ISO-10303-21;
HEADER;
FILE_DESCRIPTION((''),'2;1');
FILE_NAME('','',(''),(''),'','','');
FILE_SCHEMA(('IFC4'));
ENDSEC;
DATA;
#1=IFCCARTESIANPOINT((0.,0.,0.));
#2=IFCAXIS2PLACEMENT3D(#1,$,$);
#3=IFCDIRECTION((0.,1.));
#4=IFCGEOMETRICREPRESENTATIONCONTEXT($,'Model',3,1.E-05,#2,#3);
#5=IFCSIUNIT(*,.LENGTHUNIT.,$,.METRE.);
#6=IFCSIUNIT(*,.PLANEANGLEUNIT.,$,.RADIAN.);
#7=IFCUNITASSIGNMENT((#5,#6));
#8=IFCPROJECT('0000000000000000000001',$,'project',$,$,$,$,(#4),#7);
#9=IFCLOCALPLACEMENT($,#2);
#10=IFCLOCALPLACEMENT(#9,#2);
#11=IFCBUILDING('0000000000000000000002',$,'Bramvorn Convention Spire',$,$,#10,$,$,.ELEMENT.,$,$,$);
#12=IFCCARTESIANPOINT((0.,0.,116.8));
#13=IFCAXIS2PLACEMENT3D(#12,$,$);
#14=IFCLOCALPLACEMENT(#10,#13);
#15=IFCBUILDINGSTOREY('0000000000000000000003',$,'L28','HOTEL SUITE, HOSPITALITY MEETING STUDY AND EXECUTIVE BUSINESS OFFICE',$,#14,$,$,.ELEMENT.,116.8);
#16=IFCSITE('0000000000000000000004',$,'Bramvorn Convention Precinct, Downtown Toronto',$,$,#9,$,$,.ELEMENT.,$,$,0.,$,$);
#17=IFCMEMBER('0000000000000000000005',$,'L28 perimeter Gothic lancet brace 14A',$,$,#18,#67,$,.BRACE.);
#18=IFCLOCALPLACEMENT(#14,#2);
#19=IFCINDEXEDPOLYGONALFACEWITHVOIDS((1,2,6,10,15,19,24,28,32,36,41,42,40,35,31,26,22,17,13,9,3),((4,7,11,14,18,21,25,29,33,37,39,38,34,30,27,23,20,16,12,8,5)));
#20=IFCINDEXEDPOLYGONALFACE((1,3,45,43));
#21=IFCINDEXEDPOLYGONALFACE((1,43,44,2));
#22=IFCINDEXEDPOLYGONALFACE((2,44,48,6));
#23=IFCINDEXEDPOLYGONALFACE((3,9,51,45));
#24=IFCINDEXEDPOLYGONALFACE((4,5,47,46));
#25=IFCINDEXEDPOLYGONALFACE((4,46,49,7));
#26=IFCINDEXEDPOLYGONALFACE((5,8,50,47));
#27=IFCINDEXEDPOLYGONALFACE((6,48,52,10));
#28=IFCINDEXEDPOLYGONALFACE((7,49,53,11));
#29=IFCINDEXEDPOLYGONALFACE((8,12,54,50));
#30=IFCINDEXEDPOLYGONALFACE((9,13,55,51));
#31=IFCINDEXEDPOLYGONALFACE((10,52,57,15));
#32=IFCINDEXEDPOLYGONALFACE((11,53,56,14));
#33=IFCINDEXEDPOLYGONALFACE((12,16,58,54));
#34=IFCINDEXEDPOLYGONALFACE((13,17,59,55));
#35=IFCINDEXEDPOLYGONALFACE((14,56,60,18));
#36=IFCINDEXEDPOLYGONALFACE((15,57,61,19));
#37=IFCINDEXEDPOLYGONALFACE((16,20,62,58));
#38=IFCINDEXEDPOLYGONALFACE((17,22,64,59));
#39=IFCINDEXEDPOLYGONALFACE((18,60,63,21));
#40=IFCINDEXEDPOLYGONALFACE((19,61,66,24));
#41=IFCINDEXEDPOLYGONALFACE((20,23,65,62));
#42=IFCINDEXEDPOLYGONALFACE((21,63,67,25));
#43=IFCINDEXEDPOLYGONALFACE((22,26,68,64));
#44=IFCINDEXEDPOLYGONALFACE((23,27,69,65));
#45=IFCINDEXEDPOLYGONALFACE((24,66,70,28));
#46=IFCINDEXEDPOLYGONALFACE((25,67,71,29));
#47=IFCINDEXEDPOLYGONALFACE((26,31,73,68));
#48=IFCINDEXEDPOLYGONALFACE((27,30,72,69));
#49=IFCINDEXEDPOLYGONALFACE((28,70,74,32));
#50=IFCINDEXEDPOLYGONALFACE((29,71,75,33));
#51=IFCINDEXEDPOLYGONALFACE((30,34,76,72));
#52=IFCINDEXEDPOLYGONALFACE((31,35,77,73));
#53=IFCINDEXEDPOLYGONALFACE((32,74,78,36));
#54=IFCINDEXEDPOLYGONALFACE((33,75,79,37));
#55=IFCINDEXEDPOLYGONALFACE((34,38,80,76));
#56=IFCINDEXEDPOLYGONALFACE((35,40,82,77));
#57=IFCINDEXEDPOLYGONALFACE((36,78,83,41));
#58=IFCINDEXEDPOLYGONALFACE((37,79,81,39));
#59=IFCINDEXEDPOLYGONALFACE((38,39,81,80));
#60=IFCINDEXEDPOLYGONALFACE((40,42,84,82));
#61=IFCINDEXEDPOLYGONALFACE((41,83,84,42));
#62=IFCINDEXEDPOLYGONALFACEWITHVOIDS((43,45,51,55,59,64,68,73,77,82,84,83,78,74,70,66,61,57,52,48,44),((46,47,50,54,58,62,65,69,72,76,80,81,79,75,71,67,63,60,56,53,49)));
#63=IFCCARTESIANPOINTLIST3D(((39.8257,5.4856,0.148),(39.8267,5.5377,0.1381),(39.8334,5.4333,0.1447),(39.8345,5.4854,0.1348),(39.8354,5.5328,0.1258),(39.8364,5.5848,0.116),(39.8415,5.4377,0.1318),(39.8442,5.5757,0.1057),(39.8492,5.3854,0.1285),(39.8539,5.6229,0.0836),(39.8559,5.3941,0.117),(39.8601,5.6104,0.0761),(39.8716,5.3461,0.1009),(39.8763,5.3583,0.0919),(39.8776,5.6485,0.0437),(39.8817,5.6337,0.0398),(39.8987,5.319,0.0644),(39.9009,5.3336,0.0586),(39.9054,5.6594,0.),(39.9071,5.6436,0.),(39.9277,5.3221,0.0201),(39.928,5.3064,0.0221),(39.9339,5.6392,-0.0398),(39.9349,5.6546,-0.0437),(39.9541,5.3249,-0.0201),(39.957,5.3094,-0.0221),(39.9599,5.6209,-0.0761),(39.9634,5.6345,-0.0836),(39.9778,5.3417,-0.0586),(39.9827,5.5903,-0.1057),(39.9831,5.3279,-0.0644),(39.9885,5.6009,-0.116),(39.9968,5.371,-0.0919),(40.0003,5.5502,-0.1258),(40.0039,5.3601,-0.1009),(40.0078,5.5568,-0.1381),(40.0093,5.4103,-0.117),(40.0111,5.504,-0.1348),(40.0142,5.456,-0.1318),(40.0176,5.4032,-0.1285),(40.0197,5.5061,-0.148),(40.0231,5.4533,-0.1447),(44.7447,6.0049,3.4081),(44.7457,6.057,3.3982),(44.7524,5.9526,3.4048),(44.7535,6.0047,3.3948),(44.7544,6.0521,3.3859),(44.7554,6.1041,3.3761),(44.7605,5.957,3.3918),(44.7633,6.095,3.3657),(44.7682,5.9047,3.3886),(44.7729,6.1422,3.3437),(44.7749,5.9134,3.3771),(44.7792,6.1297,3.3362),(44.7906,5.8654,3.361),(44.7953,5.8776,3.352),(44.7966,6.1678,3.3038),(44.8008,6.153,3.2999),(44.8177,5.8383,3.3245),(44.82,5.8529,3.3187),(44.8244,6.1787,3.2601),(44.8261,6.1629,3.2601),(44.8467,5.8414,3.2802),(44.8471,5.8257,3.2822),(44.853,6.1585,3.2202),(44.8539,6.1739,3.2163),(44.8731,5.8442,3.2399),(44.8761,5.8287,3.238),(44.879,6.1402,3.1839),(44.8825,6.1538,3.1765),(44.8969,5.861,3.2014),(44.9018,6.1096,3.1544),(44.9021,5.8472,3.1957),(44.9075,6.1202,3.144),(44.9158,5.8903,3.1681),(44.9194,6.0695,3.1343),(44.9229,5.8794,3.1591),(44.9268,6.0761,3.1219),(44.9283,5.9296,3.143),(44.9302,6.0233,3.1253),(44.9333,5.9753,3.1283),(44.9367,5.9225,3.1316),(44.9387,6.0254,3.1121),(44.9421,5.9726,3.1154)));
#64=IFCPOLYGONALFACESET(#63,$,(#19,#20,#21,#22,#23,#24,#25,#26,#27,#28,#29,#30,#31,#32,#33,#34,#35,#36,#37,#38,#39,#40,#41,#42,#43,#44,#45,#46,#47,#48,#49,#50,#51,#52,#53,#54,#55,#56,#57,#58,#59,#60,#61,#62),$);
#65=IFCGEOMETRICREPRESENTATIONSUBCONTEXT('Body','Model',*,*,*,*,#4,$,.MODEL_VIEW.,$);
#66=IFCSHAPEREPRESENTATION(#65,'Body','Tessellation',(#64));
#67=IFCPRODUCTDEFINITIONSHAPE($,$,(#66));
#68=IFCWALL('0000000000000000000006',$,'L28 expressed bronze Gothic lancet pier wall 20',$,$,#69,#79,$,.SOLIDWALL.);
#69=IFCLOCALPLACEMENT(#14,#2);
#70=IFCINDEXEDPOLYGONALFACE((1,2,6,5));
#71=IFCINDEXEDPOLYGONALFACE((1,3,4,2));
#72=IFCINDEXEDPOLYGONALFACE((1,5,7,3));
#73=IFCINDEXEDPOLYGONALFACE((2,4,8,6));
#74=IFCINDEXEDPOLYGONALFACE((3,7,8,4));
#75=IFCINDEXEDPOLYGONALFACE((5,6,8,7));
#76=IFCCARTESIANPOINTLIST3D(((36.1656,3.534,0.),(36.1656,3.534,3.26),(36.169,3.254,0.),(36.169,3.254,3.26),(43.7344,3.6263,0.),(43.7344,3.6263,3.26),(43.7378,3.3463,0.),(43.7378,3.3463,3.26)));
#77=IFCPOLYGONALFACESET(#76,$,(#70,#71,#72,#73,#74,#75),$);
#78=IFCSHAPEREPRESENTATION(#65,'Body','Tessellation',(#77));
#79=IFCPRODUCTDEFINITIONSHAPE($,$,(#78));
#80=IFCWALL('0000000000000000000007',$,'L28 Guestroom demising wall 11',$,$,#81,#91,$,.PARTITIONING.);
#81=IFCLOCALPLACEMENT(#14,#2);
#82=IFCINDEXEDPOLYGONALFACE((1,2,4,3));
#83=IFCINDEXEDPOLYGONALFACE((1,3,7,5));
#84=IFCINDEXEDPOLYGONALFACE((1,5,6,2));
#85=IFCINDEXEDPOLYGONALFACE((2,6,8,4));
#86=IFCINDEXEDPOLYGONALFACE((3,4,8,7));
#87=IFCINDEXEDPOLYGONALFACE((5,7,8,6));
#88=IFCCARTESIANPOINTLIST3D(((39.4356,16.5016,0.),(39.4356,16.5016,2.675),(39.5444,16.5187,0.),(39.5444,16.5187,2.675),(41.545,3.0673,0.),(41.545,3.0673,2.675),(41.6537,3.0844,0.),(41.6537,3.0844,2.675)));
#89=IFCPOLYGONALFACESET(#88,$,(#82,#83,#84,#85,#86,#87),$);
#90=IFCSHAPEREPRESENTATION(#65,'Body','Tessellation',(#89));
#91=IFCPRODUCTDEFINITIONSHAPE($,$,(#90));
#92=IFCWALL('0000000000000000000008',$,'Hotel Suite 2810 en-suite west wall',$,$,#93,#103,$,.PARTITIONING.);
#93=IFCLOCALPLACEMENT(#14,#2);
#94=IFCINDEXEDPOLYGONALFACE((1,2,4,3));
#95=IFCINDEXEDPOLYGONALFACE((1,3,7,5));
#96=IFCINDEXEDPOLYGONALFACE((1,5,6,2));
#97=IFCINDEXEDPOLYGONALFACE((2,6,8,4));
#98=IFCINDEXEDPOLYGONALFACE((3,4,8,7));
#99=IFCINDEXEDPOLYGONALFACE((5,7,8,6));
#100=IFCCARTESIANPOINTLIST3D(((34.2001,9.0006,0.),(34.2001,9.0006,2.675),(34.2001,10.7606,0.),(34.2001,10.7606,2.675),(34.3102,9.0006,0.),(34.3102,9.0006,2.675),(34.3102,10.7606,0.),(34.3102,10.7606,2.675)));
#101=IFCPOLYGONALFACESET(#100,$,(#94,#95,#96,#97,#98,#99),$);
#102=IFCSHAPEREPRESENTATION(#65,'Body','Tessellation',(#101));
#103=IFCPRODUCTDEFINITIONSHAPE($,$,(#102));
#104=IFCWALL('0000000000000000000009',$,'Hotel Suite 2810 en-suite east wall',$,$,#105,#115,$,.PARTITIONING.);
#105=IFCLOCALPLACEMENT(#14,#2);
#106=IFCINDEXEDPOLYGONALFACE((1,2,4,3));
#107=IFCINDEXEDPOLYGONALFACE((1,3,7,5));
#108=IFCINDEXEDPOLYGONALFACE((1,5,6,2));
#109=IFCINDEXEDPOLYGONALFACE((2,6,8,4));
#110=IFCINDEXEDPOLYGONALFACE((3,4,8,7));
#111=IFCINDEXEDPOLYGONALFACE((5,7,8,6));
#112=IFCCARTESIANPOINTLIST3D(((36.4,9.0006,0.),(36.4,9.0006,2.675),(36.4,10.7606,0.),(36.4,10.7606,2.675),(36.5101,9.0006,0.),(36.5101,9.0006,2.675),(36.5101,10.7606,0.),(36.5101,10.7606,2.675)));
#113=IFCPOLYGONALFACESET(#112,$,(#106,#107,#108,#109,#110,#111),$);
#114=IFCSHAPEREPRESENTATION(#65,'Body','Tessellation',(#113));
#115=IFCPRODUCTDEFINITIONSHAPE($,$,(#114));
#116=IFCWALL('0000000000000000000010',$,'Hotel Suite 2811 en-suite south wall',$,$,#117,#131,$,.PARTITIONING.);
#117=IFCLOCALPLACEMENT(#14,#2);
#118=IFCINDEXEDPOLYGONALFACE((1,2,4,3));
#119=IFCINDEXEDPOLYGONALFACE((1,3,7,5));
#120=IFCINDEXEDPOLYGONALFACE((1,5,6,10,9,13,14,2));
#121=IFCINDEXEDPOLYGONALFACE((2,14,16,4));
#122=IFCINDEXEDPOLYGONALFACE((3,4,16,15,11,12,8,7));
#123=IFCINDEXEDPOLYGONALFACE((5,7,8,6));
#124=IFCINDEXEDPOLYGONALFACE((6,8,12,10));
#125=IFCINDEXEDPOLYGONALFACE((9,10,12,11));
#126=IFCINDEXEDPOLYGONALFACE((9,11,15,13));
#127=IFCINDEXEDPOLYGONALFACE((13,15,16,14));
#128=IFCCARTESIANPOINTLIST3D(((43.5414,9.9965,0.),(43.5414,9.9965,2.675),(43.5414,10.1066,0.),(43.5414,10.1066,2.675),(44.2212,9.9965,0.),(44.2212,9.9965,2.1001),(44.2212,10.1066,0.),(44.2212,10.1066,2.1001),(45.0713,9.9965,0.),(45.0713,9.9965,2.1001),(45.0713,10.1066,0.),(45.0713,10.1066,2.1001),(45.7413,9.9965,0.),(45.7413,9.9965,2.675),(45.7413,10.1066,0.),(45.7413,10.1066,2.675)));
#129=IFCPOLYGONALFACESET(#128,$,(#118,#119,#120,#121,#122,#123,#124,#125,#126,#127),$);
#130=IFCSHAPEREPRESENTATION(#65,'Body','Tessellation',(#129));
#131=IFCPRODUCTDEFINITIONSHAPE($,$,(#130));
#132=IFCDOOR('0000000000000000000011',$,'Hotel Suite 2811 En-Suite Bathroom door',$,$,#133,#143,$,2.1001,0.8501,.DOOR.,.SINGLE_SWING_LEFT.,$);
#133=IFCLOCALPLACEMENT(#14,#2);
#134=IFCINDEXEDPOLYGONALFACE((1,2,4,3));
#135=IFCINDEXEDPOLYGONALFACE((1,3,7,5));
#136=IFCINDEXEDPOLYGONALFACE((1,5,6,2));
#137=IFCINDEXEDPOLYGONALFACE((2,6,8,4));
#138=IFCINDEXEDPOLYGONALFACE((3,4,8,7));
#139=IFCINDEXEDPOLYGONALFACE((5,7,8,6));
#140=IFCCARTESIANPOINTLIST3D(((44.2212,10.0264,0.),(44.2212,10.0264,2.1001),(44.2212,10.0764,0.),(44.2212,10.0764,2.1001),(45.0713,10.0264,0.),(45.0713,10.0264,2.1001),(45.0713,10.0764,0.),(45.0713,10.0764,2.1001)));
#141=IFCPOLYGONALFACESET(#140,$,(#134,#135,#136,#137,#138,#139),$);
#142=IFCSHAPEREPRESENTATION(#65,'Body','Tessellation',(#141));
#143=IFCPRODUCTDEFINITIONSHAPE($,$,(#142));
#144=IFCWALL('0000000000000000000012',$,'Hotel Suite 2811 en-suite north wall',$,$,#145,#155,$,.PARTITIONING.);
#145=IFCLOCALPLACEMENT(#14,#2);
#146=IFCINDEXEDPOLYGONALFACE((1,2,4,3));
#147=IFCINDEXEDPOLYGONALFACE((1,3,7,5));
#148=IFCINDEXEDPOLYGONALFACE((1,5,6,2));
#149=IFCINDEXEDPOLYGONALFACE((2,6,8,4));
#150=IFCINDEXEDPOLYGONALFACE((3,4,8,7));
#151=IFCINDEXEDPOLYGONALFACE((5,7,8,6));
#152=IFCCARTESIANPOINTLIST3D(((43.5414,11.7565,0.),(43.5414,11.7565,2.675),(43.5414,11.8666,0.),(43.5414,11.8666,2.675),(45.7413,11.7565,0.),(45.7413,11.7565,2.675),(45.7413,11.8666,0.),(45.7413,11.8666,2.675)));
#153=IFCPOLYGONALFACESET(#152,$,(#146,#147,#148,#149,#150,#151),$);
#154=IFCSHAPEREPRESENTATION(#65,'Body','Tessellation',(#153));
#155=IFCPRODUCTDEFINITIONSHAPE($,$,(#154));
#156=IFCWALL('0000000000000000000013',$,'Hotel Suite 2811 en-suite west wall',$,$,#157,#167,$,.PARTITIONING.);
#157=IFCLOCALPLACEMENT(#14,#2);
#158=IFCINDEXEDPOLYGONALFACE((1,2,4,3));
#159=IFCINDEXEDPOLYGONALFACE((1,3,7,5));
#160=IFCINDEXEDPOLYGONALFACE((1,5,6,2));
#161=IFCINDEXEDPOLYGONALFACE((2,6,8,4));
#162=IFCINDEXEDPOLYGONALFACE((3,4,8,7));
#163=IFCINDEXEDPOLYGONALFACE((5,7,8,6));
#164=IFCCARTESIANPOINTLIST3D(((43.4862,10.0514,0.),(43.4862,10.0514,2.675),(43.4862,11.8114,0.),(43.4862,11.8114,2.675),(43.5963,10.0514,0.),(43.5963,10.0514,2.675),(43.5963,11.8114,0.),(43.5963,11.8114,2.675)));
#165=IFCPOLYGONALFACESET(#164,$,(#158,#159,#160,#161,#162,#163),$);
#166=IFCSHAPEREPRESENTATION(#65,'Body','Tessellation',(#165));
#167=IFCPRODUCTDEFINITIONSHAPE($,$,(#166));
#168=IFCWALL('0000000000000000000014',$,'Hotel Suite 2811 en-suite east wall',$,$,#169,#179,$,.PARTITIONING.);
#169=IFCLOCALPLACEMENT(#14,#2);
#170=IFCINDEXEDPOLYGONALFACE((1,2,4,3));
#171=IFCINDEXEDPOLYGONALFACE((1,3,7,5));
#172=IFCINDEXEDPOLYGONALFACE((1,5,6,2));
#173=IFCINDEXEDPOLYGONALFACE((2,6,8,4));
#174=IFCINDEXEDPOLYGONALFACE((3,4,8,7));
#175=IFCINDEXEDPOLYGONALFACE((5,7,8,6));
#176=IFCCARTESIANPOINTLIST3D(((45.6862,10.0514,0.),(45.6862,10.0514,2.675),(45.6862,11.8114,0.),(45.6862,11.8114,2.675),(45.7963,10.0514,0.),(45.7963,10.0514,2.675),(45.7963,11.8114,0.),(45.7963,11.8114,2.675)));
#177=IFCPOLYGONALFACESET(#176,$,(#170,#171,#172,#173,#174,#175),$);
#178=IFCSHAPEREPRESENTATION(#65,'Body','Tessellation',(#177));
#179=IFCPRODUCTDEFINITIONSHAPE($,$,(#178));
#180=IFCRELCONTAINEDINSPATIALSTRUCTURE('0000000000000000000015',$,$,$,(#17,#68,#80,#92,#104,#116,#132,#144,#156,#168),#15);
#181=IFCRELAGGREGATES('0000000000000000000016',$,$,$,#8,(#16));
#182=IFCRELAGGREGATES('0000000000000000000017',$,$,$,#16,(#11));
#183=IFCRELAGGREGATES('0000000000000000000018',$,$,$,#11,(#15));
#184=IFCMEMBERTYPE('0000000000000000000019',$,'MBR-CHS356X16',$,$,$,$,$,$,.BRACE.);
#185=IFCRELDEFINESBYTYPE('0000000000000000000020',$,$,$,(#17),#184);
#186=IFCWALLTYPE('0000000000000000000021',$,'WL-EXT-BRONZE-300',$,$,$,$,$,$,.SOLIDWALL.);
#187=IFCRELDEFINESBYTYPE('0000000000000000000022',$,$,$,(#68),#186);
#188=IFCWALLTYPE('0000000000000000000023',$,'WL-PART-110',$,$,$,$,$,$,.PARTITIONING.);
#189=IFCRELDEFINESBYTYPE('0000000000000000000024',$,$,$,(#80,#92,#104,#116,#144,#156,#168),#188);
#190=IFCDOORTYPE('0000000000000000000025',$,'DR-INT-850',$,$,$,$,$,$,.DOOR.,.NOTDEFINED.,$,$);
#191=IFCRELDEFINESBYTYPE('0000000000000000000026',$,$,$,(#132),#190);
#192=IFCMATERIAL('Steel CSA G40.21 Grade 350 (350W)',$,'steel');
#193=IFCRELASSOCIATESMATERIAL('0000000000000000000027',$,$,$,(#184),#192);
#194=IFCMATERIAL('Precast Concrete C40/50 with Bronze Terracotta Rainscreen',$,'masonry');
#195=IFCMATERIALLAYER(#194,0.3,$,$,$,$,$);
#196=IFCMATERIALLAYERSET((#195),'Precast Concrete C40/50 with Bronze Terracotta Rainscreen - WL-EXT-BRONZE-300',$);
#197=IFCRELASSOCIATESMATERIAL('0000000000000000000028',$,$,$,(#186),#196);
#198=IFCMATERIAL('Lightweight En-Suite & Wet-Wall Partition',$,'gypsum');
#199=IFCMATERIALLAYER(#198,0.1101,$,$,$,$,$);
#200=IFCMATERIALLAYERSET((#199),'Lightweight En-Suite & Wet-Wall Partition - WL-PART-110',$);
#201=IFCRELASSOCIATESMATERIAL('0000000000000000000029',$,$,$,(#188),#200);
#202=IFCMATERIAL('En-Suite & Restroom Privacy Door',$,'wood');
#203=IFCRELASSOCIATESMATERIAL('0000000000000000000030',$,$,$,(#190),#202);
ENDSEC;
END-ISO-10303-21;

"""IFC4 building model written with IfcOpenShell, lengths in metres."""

from ifc_helpers import new_model, si_unit, direction, frame, frame_2d, origin, origin_2d, place, context, subcontext, project, spatial, rectangle, hollow_circle, extrude, material, layer, layer_set, material_profile, profile_set, type_object, element, fill, save


model = new_model("IFC4")

# Units and contexts
model_context = context("Model", 3, precision=1e-05, world=origin(), true_north=direction((0.0, 1.0)))
body_context = subcontext(model_context, "Body", "Model", "MODEL_VIEW")
ifc_project = project(units=[si_unit("LENGTHUNIT", "METRE"), si_unit("PLANEANGLEUNIT", "RADIAN")], contexts=[model_context])

# Site, building, storey
site_placement = place(None, origin())
site = spatial("IfcSite", under=ifc_project, at=site_placement, Name="Bramvorn Convention Precinct, Downtown Toronto", CompositionType="ELEMENT", RefElevation=0.0)
building_placement = place(site_placement, origin())
building = spatial("IfcBuilding", under=site, at=building_placement, Name="Bramvorn Convention Spire", CompositionType="ELEMENT")
storey_placement = place(building_placement, frame((0.0, 0.0, 116.8)))
storey = spatial("IfcBuildingStorey", under=building, at=storey_placement, Name="L28", Description="HOTEL SUITE, HOSPITALITY MEETING STUDY AND EXECUTIVE BUSINESS OFFICE", CompositionType="ELEMENT", Elevation=116.8)

# Shared definitions
ifc_material_1 = material(Name="Steel CSA G40.21 Grade 350 (350W)", Category="steel")

# Member
ifc_material_profile_1 = material_profile(ifc_material_1, hollow_circle(Radius=0.1777, WallThickness=0.0159, at=origin_2d()))
ifc_profile_set_1 = profile_set([ifc_material_profile_1], Name="Steel CSA G40.21 Grade 350 (350W) - CHS356X16")
member_type_1 = type_object("IfcMemberType", Name="MBR-CHS356X16", PredefinedType="BRACE", material=ifc_profile_set_1)
member_1_placement = place(storey_placement, frame((39.9241, 5.4827, 0.0), z_axis=(0.830347, 0.087659, 0.550309), x_axis=(-0.104985, 0.994474, 0.0)))
element("IfcMember", 1, at=member_1_placement, inside=storey, type_object=member_type_1, Name="L28 perimeter Gothic lancet brace 14A", PredefinedType="BRACE", context=body_context, shape_type="SweptSolid", body=[
    extrude(hollow_circle(Radius=0.1777, WallThickness=0.0159, at=origin_2d()), origin(), (0.0, 0.0, 1.0), 5.9241),
])

# Walls
ifc_material_2 = material(Name="Precast Concrete C40/50 with Bronze Terracotta Rainscreen", Category="masonry")
ifc_layer_1 = layer(ifc_material_2, 0.3)
ifc_layer_set_1 = layer_set([ifc_layer_1], Name="Precast Concrete C40/50 with Bronze Terracotta Rainscreen - WL-EXT-BRONZE-300")
wall_type_1 = type_object("IfcWallType", Name="WL-EXT-BRONZE-300", PredefinedType="SOLIDWALL", material=ifc_layer_set_1)
wall_1_placement = place(storey_placement, frame((43.7361, 3.4863, 0.0), z_axis=(0.0, 0.0, 1.0), x_axis=(-0.999926, -0.012192, 0.0)))
element("IfcWall", 2, at=wall_1_placement, inside=storey, type_object=wall_type_1, Name="L28 expressed bronze Gothic lancet pier wall 20", PredefinedType="SOLIDWALL", context=body_context, shape_type="SweptSolid", body=[
    extrude(rectangle(XDim=7.5693, YDim=0.28, at=frame_2d((3.7847, 0.0))), origin(), (0.0, 0.0, 1.0), 3.26),
])
ifc_material_3 = material(Name="Lightweight En-Suite & Wet-Wall Partition", Category="gypsum")
ifc_layer_2 = layer(ifc_material_3, 0.1101)
ifc_layer_set_2 = layer_set([ifc_layer_2], Name="Lightweight En-Suite & Wet-Wall Partition - WL-PART-110")
wall_type_2 = type_object("IfcWallType", Name="WL-PART-110", PredefinedType="PARTITIONING", material=ifc_layer_set_2)
wall_2_placement = place(storey_placement, frame((39.49, 16.51, 0.0), z_axis=(0.0, 0.0, 1.0), x_axis=(0.155113, -0.987897, 0.0)))
element("IfcWall", 3, at=wall_2_placement, inside=storey, type_object=wall_type_2, Name="L28 Guestroom demising wall 11", PredefinedType="PARTITIONING", context=body_context, shape_type="SweptSolid", body=[
    extrude(rectangle(XDim=13.5989, YDim=0.1101, at=frame_2d((6.7993, 0.0))), origin(), (0.0, 0.0, 1.0), 2.675),
])
for number, where, z_axis, x_axis, name in (
    (4, (34.2551, 9.0007, 0.0), (0.0, 0.0, 1.0), (0.0, 1.0, 0.0), "Hotel Suite 2810 en-suite west wall"),
    (5, (36.4551, 9.0007, 0.0), (0.0, 0.0, 1.0), (0.0, 1.0, 0.0), "Hotel Suite 2810 en-suite east wall"),
):
    element("IfcWall", number, at=place(storey_placement, frame(where, z_axis=z_axis, x_axis=x_axis)), inside=storey, type_object=wall_type_2, Name=name, PredefinedType="PARTITIONING", context=body_context, shape_type="SweptSolid", body=[
        extrude(rectangle(XDim=1.76, YDim=0.1101, at=frame_2d((0.8799, 0.0))), origin(), (0.0, 0.0, 1.0), 2.675),
    ])

# Wall, opening, door
wall_3_placement = place(storey_placement, frame((43.5413, 10.0515, 0.0), z_axis=(0.0, 0.0, 1.0), x_axis=(1.0, 0.0, 0.0)))
wall_3 = element("IfcWall", 6, at=wall_3_placement, inside=storey, type_object=wall_type_2, Name="Hotel Suite 2811 en-suite south wall", PredefinedType="PARTITIONING", context=body_context, shape_type="SweptSolid", body=[
    extrude(rectangle(XDim=2.2, YDim=0.1101, at=frame_2d((1.1001, 0.0))), origin(), (0.0, 0.0, 1.0), 2.675),
])
opening_1_placement = place(wall_3_placement, frame((0.6799, 0.0, 0.0)))
opening_1 = element("IfcOpeningElement", 7, at=opening_1_placement, cuts=wall_3, PredefinedType="OPENING", context=body_context, shape_type="SweptSolid", body=[
    extrude(rectangle(XDim=0.8501, YDim=2.1001, at=frame_2d((0.425, 1.05))), frame((0.0, 0.0649, 0.0), z_axis=(0.0, -1.0, 0.0), x_axis=(1.0, 0.0, 0.0)), (0.0, 0.0, 1.0), 0.1301),
])
ifc_material_4 = material(Name="En-Suite & Restroom Privacy Door", Category="wood")
door_type_1 = type_object("IfcDoorType", Name="DR-INT-850", OperationType="NOTDEFINED", PredefinedType="DOOR", material=ifc_material_4)
door_1_placement = place(opening_1_placement, origin())
door_1 = element("IfcDoor", 8, at=door_1_placement, inside=storey, type_object=door_type_1, Name="Hotel Suite 2811 En-Suite Bathroom door", OperationType="SINGLE_SWING_LEFT", OverallHeight=2.1001, OverallWidth=0.8501, PredefinedType="DOOR", context=body_context, shape_type="SweptSolid", body=[
    extrude(rectangle(XDim=0.8501, YDim=2.1001, at=frame_2d((0.425, 1.05))), frame((0.0, 0.0249, 0.0), z_axis=(0.0, -1.0, 0.0), x_axis=(1.0, 0.0, 0.0)), (0.0, 0.0, 1.0), 0.05),
])
fill(opening_1, door_1)

# Walls
wall_4_placement = place(storey_placement, frame((43.5413, 11.8115, 0.0), z_axis=(0.0, 0.0, 1.0), x_axis=(1.0, 0.0, 0.0)))
element("IfcWall", 9, at=wall_4_placement, inside=storey, type_object=wall_type_2, Name="Hotel Suite 2811 en-suite north wall", PredefinedType="PARTITIONING", context=body_context, shape_type="SweptSolid", body=[
    extrude(rectangle(XDim=2.2, YDim=0.1101, at=frame_2d((1.1001, 0.0))), origin(), (0.0, 0.0, 1.0), 2.675),
])
for number, where, z_axis, x_axis, name in (
    (10, (43.5413, 10.0515, 0.0), (0.0, 0.0, 1.0), (0.0, 1.0, 0.0), "Hotel Suite 2811 en-suite west wall"),
    (11, (45.7412, 10.0515, 0.0), (0.0, 0.0, 1.0), (0.0, 1.0, 0.0), "Hotel Suite 2811 en-suite east wall"),
):
    element("IfcWall", number, at=place(storey_placement, frame(where, z_axis=z_axis, x_axis=x_axis)), inside=storey, type_object=wall_type_2, Name=name, PredefinedType="PARTITIONING", context=body_context, shape_type="SweptSolid", body=[
        extrude(rectangle(XDim=1.76, YDim=0.1101, at=frame_2d((0.8799, 0.0))), origin(), (0.0, 0.0, 1.0), 2.675),
    ])

save(model, "model.ifc")
